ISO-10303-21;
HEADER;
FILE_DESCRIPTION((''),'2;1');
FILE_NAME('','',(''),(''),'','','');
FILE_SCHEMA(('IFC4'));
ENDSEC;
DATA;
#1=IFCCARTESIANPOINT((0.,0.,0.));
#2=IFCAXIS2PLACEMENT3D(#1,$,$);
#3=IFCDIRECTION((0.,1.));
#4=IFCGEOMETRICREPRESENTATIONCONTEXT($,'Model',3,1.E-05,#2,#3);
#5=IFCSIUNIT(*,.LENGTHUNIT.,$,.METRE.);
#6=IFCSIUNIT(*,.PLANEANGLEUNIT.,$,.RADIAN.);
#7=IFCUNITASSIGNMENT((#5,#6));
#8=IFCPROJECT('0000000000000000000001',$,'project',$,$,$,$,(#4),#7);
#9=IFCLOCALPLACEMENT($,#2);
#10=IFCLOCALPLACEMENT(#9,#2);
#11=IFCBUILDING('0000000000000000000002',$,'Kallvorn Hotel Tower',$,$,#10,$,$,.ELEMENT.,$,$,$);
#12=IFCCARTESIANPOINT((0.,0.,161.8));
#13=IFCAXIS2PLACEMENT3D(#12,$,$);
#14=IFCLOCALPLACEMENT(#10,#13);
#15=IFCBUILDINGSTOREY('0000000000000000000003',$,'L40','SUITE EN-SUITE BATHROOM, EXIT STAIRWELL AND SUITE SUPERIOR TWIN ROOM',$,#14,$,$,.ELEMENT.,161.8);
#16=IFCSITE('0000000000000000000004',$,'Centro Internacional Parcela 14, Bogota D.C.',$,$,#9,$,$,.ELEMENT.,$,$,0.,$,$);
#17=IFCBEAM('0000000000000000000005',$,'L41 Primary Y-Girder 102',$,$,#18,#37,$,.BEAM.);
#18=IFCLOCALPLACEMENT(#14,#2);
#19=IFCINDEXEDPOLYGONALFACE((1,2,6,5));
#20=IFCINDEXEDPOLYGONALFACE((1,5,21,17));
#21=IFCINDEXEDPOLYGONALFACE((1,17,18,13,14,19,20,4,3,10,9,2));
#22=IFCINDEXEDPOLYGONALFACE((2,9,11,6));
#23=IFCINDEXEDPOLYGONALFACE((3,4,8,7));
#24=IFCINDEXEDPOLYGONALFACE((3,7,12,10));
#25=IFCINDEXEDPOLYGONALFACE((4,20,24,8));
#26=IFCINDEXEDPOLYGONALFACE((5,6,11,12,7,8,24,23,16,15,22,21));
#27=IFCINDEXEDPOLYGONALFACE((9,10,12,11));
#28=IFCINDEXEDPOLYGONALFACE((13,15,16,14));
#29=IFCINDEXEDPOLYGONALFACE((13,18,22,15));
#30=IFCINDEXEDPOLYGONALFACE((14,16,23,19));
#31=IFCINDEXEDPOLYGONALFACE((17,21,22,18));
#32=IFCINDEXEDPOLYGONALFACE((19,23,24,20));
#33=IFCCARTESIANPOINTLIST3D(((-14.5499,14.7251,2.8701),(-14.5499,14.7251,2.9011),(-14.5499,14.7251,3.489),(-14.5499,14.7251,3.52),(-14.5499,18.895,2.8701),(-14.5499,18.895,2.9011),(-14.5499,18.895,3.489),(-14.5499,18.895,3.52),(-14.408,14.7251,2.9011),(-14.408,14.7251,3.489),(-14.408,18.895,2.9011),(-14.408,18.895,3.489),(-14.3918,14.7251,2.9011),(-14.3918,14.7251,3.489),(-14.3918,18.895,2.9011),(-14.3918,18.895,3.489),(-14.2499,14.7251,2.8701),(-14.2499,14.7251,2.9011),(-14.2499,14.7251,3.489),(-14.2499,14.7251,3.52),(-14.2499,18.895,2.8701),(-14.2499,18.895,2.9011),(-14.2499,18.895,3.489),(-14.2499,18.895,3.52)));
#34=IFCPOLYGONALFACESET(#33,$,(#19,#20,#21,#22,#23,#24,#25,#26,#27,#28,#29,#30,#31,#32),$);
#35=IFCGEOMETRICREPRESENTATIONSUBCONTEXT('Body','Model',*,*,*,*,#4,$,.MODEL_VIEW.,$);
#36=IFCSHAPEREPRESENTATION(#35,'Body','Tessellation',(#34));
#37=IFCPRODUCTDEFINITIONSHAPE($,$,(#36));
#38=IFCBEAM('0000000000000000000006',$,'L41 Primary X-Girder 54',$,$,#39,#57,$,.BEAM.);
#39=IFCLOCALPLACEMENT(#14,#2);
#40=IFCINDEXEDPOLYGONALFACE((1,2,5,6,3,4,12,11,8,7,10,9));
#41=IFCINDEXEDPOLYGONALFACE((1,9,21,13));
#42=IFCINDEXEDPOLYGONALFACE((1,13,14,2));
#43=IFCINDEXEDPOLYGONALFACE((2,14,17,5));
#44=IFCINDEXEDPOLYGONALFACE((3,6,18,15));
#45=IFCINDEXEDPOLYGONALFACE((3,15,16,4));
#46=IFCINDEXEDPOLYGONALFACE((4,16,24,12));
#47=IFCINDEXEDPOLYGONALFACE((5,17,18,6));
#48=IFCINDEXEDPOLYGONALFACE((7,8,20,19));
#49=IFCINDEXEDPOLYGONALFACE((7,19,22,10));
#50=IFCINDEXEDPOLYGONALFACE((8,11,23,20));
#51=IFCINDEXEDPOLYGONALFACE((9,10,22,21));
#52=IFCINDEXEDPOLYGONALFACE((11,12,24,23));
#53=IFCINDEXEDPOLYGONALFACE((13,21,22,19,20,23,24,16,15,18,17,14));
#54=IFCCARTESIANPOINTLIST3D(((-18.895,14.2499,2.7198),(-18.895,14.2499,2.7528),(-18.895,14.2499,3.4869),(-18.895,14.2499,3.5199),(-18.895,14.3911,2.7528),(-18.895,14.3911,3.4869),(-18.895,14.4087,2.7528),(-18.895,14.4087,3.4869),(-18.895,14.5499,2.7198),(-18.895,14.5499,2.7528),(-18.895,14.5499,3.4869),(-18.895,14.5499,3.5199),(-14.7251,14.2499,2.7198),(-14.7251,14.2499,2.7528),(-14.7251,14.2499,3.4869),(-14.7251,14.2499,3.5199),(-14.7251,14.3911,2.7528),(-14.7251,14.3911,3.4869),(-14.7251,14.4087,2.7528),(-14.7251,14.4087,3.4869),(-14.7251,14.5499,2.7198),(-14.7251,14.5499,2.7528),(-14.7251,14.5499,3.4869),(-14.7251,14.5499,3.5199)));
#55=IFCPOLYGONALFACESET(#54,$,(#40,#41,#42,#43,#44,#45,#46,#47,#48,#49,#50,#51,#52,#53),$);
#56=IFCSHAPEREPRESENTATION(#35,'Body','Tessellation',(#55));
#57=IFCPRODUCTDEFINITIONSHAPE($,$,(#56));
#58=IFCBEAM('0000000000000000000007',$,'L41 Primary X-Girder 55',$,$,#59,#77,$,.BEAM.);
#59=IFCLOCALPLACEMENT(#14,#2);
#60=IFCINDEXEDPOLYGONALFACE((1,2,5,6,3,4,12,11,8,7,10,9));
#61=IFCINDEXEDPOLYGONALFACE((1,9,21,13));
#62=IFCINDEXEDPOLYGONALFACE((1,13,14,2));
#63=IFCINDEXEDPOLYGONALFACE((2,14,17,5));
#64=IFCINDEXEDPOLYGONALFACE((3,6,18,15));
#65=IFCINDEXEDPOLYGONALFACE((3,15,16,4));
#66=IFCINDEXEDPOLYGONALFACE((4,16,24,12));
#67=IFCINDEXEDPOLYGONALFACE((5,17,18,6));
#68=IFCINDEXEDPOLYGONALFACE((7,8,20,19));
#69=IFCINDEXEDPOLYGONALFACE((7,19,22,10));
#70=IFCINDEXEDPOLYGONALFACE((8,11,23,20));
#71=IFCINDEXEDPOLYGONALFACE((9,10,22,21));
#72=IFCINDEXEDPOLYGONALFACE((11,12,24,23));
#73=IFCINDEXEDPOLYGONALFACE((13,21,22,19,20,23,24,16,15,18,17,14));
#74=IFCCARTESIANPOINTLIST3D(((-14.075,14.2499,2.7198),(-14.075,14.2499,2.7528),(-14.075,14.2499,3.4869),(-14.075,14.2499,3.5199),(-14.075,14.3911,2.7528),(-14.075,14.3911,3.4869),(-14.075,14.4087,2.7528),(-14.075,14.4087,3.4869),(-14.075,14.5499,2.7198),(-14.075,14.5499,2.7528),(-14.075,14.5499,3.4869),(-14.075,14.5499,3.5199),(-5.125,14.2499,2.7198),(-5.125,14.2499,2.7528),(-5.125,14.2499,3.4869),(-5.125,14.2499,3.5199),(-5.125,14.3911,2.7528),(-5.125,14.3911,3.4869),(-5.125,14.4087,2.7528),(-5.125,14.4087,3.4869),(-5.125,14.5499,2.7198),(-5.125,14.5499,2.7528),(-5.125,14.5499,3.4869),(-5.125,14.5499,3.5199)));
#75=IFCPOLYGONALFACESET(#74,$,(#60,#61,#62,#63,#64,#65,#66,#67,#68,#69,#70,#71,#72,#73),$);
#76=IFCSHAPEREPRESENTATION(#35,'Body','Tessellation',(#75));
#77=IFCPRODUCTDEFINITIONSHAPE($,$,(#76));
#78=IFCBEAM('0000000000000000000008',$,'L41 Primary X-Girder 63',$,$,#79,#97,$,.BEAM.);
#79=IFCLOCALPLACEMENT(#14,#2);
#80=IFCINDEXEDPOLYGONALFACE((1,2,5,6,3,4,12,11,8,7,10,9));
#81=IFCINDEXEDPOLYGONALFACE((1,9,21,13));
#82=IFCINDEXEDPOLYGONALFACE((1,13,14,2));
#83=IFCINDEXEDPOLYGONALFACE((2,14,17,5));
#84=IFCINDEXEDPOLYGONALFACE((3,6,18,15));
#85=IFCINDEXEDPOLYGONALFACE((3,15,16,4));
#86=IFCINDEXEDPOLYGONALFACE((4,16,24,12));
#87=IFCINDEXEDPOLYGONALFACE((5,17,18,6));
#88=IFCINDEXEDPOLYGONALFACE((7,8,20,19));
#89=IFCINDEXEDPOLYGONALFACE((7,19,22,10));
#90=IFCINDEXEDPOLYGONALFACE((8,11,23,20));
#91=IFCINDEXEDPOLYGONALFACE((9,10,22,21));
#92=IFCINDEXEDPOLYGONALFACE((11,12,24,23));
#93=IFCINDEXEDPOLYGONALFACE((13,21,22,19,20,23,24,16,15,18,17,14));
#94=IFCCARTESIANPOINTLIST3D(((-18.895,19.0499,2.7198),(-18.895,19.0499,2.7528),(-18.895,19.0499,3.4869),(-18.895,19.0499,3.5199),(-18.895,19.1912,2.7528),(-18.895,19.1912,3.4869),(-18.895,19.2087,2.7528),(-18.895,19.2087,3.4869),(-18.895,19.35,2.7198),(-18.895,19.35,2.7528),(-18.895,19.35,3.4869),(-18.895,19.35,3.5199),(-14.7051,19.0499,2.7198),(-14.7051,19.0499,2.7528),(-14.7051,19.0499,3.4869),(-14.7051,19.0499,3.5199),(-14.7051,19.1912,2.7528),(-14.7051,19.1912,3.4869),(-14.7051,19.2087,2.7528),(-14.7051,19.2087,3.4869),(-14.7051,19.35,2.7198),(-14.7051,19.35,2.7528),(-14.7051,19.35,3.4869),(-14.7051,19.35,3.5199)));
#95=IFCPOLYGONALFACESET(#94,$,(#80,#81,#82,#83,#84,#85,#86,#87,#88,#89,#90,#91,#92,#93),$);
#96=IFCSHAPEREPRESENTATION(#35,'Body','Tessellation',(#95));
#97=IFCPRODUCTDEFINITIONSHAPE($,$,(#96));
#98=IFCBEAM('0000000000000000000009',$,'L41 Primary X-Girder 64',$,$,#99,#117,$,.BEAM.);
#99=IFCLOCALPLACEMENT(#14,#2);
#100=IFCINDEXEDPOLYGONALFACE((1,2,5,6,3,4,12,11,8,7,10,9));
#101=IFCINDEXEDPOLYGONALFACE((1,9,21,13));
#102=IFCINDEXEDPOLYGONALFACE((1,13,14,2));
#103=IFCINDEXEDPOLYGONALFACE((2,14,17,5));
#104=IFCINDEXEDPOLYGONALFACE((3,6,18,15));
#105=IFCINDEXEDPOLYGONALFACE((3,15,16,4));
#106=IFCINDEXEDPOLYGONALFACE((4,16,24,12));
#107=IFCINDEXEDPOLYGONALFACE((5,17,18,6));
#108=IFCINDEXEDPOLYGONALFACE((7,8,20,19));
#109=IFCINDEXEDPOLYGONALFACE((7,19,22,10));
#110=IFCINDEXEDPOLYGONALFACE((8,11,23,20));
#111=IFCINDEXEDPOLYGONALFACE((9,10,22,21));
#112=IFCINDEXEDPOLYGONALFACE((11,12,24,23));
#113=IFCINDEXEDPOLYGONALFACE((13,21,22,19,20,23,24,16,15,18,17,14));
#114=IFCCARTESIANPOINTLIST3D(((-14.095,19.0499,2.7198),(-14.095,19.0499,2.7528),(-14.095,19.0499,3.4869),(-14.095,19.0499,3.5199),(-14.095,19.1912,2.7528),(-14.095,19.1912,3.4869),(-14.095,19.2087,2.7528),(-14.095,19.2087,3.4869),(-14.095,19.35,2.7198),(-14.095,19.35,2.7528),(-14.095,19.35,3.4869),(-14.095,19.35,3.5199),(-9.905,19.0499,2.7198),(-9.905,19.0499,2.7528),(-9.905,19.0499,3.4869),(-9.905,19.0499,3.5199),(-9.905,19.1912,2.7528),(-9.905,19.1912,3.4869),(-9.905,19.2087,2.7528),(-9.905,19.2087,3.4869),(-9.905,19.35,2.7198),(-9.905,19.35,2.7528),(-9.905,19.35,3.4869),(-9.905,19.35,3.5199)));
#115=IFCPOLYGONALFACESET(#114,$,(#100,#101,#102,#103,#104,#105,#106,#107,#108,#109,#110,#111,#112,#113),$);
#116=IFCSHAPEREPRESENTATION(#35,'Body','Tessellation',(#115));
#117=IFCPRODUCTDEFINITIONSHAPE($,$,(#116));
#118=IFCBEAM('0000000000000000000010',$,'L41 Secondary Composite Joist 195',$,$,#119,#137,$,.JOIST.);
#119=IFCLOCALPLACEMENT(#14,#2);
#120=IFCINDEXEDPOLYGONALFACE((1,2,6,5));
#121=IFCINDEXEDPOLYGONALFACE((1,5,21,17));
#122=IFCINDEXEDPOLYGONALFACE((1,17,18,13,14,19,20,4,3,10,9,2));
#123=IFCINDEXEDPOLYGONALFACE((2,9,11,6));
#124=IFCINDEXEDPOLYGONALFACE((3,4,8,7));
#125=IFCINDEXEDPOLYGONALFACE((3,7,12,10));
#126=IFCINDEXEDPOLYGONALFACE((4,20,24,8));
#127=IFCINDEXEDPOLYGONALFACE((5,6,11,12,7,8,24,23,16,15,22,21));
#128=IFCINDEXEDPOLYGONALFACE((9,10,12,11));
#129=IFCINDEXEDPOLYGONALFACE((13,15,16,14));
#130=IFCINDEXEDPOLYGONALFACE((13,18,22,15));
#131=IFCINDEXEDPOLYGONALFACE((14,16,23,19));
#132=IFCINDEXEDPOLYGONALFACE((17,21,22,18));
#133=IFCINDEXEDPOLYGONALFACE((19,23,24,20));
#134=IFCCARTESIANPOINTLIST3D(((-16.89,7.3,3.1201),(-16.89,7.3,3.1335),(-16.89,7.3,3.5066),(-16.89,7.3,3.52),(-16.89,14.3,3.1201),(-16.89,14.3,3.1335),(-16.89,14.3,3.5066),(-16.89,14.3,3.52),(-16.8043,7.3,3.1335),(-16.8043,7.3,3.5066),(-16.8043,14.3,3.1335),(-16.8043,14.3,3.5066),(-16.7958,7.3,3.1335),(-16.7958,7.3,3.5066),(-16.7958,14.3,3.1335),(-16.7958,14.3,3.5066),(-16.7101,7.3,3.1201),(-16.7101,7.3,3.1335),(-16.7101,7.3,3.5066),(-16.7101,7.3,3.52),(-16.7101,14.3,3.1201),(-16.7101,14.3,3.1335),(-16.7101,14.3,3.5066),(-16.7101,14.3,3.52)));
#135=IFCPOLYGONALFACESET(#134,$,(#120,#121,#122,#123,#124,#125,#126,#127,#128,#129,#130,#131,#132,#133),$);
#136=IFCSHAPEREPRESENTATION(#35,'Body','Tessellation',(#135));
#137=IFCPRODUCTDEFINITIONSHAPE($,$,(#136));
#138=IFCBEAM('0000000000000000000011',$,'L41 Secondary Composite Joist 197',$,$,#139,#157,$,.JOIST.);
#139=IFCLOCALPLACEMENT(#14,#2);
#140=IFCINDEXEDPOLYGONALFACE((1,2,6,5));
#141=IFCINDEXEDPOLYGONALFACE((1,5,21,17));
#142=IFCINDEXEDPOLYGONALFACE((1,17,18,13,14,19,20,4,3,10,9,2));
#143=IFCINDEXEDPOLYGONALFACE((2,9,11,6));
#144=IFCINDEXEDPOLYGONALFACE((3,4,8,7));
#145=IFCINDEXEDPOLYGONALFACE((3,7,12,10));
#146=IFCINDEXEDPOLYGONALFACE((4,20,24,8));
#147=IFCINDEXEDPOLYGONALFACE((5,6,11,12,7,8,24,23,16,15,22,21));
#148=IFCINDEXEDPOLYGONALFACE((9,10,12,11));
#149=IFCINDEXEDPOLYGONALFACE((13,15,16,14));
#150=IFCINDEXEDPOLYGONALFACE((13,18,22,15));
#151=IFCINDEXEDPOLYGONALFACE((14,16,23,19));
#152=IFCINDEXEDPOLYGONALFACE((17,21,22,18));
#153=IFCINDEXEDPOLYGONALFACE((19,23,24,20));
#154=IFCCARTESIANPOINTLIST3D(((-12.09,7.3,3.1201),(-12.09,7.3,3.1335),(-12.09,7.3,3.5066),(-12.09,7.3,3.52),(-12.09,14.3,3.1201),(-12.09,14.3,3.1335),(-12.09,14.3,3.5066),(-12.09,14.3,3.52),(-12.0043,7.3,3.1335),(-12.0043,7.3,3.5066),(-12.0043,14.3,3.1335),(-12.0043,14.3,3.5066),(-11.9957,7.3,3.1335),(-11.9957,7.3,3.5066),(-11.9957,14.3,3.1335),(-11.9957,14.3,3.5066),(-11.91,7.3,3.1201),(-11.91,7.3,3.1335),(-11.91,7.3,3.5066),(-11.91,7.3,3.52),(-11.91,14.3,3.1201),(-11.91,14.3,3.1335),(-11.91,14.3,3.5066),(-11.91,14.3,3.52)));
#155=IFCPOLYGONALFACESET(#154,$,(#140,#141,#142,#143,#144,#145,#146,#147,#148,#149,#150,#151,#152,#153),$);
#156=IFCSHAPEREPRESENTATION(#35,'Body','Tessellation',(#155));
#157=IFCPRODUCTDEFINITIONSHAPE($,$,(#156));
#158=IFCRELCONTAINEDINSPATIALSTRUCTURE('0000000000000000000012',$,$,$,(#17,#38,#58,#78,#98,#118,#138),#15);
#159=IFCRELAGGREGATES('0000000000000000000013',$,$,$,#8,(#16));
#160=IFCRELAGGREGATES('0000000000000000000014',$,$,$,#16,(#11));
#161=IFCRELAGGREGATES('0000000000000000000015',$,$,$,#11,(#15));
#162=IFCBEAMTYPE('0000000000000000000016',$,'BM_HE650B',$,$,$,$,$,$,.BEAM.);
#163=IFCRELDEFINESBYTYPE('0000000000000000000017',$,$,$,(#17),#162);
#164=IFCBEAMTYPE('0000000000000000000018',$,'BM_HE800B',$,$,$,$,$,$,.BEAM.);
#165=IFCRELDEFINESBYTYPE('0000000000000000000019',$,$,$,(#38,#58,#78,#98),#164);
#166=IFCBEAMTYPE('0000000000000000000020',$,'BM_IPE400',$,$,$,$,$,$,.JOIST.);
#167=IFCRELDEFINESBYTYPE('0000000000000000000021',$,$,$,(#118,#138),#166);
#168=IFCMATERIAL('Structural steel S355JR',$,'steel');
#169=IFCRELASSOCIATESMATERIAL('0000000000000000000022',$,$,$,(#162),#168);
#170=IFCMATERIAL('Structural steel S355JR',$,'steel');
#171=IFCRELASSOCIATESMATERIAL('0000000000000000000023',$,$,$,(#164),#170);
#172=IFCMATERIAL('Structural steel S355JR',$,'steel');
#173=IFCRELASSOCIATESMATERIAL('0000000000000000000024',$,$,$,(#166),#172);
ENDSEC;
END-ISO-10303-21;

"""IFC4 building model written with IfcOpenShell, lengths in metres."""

from ifc_helpers import new_model, si_unit, direction, frame, origin, origin_2d, place, context, subcontext, project, spatial, i_section, extrude, material, material_profile, profile_set, type_object, element, save


model = new_model("IFC4")

# Units and contexts
model_context = context("Model", 3, precision=1e-05, world=origin(), true_north=direction((0.0, 1.0)))
body_context = subcontext(model_context, "Body", "Model", "MODEL_VIEW")
ifc_project = project(units=[si_unit("LENGTHUNIT", "METRE"), si_unit("PLANEANGLEUNIT", "RADIAN")], contexts=[model_context])

# Site, building, storey
site_placement = place(None, origin())
site = spatial("IfcSite", under=ifc_project, at=site_placement, Name="Centro Internacional Parcela 14, Bogota D.C.", CompositionType="ELEMENT", RefElevation=0.0)
building_placement = place(site_placement, origin())
building = spatial("IfcBuilding", under=site, at=building_placement, Name="Kallvorn Hotel Tower", CompositionType="ELEMENT")
storey_placement = place(building_placement, frame((0.0, 0.0, 161.8)))
storey = spatial("IfcBuildingStorey", under=building, at=storey_placement, Name="L40", Description="SUITE EN-SUITE BATHROOM, EXIT STAIRWELL AND SUITE SUPERIOR TWIN ROOM", CompositionType="ELEMENT", Elevation=161.8)

# Beams
ifc_material_1 = material(Name="Structural steel S355JR", Category="steel")
ifc_material_profile_1 = material_profile(ifc_material_1, i_section(OverallWidth=0.3, OverallDepth=0.6499, WebThickness=0.0161, FlangeThickness=0.031, at=origin_2d()), Name="HE 650 B")
ifc_profile_set_1 = profile_set([ifc_material_profile_1], Name="Structural steel S355JR")
beam_type_1 = type_object("IfcBeamType", Name="BM_HE650B", PredefinedType="BEAM", material=ifc_profile_set_1)
beam_1_placement = place(storey_placement, frame((-14.3999, 14.7251, 3.1951), z_axis=(0.0, 1.0, 0.0), x_axis=(-1.0, 0.0, 0.0)))
element("IfcBeam", 1, at=beam_1_placement, inside=storey, type_object=beam_type_1, Name="L41 Primary Y-Girder 102", PredefinedType="BEAM", context=body_context, shape_type="SweptSolid", body=[
    extrude(i_section(OverallWidth=0.3, OverallDepth=0.6499, WebThickness=0.0161, FlangeThickness=0.031, at=origin_2d()), origin(), (0.0, 0.0, 1.0), 4.1699),
])
ifc_material_2 = material(Name="Structural steel S355JR", Category="steel")
ifc_material_profile_2 = material_profile(ifc_material_2, i_section(OverallWidth=0.3, OverallDepth=0.8, WebThickness=0.0176, FlangeThickness=0.033, at=origin_2d()), Name="HE 800 B")
ifc_profile_set_2 = profile_set([ifc_material_profile_2], Name="Structural steel S355JR")
beam_type_2 = type_object("IfcBeamType", Name="BM_HE800B", PredefinedType="BEAM", material=ifc_profile_set_2)
beam_2_placement = place(storey_placement, frame((-18.895, 14.3999, 3.1199), z_axis=(1.0, 0.0, 0.0), x_axis=(0.0, 1.0, 0.0)))
element("IfcBeam", 2, at=beam_2_placement, inside=storey, type_object=beam_type_2, Name="L41 Primary X-Girder 54", PredefinedType="BEAM", context=body_context, shape_type="SweptSolid", body=[
    extrude(i_section(OverallWidth=0.3, OverallDepth=0.8, WebThickness=0.0176, FlangeThickness=0.033, at=origin_2d()), origin(), (0.0, 0.0, 1.0), 4.1699),
])
beam_3_placement = place(storey_placement, frame((-14.075, 14.3999, 3.1199), z_axis=(1.0, 0.0, 0.0), x_axis=(0.0, 1.0, 0.0)))
element("IfcBeam", 3, at=beam_3_placement, inside=storey, type_object=beam_type_2, Name="L41 Primary X-Girder 55", PredefinedType="BEAM", context=body_context, shape_type="SweptSolid", body=[
    extrude(i_section(OverallWidth=0.3, OverallDepth=0.8, WebThickness=0.0176, FlangeThickness=0.033, at=origin_2d()), origin(), (0.0, 0.0, 1.0), 8.95),
])
for number, where, z_axis, x_axis, name in (
    (4, (-18.895, 19.2, 3.1199), (1.0, 0.0, 0.0), (0.0, 1.0, 0.0), "L41 Primary X-Girder 63"),
    (5, (-14.095, 19.2, 3.1199), (1.0, 0.0, 0.0), (0.0, 1.0, 0.0), "L41 Primary X-Girder 64"),
):
    element("IfcBeam", number, at=place(storey_placement, frame(where, z_axis=z_axis, x_axis=x_axis)), inside=storey, type_object=beam_type_2, Name=name, PredefinedType="BEAM", context=body_context, shape_type="SweptSolid", body=[
        extrude(i_section(OverallWidth=0.3, OverallDepth=0.8, WebThickness=0.0176, FlangeThickness=0.033, at=origin_2d()), origin(), (0.0, 0.0, 1.0), 4.1899),
    ])
ifc_material_3 = material(Name="Structural steel S355JR", Category="steel")
ifc_material_profile_3 = material_profile(ifc_material_3, i_section(OverallWidth=0.1799, OverallDepth=0.3999, WebThickness=0.0085, FlangeThickness=0.0134, at=origin_2d()), Name="IPE 400")
ifc_profile_set_3 = profile_set([ifc_material_profile_3], Name="Structural steel S355JR")
beam_type_3 = type_object("IfcBeamType", Name="BM_IPE400", PredefinedType="JOIST", material=ifc_profile_set_3)
for number, where, z_axis, x_axis, name in (
    (6, (-16.8, 7.3, 3.3201), (0.0, 1.0, 0.0), (-1.0, 0.0, 0.0), "L41 Secondary Composite Joist 195"),
    (7, (-12.0, 7.3, 3.3201), (0.0, 1.0, 0.0), (-1.0, 0.0, 0.0), "L41 Secondary Composite Joist 197"),
):
    element("IfcBeam", number, at=place(storey_placement, frame(where, z_axis=z_axis, x_axis=x_axis)), inside=storey, type_object=beam_type_3, Name=name, PredefinedType="JOIST", context=body_context, shape_type="SweptSolid", body=[
        extrude(i_section(OverallWidth=0.1799, OverallDepth=0.3999, WebThickness=0.0085, FlangeThickness=0.0134, at=origin_2d()), origin(), (0.0, 0.0, 1.0), 7.0),
    ])

save(model, "model.ifc")
